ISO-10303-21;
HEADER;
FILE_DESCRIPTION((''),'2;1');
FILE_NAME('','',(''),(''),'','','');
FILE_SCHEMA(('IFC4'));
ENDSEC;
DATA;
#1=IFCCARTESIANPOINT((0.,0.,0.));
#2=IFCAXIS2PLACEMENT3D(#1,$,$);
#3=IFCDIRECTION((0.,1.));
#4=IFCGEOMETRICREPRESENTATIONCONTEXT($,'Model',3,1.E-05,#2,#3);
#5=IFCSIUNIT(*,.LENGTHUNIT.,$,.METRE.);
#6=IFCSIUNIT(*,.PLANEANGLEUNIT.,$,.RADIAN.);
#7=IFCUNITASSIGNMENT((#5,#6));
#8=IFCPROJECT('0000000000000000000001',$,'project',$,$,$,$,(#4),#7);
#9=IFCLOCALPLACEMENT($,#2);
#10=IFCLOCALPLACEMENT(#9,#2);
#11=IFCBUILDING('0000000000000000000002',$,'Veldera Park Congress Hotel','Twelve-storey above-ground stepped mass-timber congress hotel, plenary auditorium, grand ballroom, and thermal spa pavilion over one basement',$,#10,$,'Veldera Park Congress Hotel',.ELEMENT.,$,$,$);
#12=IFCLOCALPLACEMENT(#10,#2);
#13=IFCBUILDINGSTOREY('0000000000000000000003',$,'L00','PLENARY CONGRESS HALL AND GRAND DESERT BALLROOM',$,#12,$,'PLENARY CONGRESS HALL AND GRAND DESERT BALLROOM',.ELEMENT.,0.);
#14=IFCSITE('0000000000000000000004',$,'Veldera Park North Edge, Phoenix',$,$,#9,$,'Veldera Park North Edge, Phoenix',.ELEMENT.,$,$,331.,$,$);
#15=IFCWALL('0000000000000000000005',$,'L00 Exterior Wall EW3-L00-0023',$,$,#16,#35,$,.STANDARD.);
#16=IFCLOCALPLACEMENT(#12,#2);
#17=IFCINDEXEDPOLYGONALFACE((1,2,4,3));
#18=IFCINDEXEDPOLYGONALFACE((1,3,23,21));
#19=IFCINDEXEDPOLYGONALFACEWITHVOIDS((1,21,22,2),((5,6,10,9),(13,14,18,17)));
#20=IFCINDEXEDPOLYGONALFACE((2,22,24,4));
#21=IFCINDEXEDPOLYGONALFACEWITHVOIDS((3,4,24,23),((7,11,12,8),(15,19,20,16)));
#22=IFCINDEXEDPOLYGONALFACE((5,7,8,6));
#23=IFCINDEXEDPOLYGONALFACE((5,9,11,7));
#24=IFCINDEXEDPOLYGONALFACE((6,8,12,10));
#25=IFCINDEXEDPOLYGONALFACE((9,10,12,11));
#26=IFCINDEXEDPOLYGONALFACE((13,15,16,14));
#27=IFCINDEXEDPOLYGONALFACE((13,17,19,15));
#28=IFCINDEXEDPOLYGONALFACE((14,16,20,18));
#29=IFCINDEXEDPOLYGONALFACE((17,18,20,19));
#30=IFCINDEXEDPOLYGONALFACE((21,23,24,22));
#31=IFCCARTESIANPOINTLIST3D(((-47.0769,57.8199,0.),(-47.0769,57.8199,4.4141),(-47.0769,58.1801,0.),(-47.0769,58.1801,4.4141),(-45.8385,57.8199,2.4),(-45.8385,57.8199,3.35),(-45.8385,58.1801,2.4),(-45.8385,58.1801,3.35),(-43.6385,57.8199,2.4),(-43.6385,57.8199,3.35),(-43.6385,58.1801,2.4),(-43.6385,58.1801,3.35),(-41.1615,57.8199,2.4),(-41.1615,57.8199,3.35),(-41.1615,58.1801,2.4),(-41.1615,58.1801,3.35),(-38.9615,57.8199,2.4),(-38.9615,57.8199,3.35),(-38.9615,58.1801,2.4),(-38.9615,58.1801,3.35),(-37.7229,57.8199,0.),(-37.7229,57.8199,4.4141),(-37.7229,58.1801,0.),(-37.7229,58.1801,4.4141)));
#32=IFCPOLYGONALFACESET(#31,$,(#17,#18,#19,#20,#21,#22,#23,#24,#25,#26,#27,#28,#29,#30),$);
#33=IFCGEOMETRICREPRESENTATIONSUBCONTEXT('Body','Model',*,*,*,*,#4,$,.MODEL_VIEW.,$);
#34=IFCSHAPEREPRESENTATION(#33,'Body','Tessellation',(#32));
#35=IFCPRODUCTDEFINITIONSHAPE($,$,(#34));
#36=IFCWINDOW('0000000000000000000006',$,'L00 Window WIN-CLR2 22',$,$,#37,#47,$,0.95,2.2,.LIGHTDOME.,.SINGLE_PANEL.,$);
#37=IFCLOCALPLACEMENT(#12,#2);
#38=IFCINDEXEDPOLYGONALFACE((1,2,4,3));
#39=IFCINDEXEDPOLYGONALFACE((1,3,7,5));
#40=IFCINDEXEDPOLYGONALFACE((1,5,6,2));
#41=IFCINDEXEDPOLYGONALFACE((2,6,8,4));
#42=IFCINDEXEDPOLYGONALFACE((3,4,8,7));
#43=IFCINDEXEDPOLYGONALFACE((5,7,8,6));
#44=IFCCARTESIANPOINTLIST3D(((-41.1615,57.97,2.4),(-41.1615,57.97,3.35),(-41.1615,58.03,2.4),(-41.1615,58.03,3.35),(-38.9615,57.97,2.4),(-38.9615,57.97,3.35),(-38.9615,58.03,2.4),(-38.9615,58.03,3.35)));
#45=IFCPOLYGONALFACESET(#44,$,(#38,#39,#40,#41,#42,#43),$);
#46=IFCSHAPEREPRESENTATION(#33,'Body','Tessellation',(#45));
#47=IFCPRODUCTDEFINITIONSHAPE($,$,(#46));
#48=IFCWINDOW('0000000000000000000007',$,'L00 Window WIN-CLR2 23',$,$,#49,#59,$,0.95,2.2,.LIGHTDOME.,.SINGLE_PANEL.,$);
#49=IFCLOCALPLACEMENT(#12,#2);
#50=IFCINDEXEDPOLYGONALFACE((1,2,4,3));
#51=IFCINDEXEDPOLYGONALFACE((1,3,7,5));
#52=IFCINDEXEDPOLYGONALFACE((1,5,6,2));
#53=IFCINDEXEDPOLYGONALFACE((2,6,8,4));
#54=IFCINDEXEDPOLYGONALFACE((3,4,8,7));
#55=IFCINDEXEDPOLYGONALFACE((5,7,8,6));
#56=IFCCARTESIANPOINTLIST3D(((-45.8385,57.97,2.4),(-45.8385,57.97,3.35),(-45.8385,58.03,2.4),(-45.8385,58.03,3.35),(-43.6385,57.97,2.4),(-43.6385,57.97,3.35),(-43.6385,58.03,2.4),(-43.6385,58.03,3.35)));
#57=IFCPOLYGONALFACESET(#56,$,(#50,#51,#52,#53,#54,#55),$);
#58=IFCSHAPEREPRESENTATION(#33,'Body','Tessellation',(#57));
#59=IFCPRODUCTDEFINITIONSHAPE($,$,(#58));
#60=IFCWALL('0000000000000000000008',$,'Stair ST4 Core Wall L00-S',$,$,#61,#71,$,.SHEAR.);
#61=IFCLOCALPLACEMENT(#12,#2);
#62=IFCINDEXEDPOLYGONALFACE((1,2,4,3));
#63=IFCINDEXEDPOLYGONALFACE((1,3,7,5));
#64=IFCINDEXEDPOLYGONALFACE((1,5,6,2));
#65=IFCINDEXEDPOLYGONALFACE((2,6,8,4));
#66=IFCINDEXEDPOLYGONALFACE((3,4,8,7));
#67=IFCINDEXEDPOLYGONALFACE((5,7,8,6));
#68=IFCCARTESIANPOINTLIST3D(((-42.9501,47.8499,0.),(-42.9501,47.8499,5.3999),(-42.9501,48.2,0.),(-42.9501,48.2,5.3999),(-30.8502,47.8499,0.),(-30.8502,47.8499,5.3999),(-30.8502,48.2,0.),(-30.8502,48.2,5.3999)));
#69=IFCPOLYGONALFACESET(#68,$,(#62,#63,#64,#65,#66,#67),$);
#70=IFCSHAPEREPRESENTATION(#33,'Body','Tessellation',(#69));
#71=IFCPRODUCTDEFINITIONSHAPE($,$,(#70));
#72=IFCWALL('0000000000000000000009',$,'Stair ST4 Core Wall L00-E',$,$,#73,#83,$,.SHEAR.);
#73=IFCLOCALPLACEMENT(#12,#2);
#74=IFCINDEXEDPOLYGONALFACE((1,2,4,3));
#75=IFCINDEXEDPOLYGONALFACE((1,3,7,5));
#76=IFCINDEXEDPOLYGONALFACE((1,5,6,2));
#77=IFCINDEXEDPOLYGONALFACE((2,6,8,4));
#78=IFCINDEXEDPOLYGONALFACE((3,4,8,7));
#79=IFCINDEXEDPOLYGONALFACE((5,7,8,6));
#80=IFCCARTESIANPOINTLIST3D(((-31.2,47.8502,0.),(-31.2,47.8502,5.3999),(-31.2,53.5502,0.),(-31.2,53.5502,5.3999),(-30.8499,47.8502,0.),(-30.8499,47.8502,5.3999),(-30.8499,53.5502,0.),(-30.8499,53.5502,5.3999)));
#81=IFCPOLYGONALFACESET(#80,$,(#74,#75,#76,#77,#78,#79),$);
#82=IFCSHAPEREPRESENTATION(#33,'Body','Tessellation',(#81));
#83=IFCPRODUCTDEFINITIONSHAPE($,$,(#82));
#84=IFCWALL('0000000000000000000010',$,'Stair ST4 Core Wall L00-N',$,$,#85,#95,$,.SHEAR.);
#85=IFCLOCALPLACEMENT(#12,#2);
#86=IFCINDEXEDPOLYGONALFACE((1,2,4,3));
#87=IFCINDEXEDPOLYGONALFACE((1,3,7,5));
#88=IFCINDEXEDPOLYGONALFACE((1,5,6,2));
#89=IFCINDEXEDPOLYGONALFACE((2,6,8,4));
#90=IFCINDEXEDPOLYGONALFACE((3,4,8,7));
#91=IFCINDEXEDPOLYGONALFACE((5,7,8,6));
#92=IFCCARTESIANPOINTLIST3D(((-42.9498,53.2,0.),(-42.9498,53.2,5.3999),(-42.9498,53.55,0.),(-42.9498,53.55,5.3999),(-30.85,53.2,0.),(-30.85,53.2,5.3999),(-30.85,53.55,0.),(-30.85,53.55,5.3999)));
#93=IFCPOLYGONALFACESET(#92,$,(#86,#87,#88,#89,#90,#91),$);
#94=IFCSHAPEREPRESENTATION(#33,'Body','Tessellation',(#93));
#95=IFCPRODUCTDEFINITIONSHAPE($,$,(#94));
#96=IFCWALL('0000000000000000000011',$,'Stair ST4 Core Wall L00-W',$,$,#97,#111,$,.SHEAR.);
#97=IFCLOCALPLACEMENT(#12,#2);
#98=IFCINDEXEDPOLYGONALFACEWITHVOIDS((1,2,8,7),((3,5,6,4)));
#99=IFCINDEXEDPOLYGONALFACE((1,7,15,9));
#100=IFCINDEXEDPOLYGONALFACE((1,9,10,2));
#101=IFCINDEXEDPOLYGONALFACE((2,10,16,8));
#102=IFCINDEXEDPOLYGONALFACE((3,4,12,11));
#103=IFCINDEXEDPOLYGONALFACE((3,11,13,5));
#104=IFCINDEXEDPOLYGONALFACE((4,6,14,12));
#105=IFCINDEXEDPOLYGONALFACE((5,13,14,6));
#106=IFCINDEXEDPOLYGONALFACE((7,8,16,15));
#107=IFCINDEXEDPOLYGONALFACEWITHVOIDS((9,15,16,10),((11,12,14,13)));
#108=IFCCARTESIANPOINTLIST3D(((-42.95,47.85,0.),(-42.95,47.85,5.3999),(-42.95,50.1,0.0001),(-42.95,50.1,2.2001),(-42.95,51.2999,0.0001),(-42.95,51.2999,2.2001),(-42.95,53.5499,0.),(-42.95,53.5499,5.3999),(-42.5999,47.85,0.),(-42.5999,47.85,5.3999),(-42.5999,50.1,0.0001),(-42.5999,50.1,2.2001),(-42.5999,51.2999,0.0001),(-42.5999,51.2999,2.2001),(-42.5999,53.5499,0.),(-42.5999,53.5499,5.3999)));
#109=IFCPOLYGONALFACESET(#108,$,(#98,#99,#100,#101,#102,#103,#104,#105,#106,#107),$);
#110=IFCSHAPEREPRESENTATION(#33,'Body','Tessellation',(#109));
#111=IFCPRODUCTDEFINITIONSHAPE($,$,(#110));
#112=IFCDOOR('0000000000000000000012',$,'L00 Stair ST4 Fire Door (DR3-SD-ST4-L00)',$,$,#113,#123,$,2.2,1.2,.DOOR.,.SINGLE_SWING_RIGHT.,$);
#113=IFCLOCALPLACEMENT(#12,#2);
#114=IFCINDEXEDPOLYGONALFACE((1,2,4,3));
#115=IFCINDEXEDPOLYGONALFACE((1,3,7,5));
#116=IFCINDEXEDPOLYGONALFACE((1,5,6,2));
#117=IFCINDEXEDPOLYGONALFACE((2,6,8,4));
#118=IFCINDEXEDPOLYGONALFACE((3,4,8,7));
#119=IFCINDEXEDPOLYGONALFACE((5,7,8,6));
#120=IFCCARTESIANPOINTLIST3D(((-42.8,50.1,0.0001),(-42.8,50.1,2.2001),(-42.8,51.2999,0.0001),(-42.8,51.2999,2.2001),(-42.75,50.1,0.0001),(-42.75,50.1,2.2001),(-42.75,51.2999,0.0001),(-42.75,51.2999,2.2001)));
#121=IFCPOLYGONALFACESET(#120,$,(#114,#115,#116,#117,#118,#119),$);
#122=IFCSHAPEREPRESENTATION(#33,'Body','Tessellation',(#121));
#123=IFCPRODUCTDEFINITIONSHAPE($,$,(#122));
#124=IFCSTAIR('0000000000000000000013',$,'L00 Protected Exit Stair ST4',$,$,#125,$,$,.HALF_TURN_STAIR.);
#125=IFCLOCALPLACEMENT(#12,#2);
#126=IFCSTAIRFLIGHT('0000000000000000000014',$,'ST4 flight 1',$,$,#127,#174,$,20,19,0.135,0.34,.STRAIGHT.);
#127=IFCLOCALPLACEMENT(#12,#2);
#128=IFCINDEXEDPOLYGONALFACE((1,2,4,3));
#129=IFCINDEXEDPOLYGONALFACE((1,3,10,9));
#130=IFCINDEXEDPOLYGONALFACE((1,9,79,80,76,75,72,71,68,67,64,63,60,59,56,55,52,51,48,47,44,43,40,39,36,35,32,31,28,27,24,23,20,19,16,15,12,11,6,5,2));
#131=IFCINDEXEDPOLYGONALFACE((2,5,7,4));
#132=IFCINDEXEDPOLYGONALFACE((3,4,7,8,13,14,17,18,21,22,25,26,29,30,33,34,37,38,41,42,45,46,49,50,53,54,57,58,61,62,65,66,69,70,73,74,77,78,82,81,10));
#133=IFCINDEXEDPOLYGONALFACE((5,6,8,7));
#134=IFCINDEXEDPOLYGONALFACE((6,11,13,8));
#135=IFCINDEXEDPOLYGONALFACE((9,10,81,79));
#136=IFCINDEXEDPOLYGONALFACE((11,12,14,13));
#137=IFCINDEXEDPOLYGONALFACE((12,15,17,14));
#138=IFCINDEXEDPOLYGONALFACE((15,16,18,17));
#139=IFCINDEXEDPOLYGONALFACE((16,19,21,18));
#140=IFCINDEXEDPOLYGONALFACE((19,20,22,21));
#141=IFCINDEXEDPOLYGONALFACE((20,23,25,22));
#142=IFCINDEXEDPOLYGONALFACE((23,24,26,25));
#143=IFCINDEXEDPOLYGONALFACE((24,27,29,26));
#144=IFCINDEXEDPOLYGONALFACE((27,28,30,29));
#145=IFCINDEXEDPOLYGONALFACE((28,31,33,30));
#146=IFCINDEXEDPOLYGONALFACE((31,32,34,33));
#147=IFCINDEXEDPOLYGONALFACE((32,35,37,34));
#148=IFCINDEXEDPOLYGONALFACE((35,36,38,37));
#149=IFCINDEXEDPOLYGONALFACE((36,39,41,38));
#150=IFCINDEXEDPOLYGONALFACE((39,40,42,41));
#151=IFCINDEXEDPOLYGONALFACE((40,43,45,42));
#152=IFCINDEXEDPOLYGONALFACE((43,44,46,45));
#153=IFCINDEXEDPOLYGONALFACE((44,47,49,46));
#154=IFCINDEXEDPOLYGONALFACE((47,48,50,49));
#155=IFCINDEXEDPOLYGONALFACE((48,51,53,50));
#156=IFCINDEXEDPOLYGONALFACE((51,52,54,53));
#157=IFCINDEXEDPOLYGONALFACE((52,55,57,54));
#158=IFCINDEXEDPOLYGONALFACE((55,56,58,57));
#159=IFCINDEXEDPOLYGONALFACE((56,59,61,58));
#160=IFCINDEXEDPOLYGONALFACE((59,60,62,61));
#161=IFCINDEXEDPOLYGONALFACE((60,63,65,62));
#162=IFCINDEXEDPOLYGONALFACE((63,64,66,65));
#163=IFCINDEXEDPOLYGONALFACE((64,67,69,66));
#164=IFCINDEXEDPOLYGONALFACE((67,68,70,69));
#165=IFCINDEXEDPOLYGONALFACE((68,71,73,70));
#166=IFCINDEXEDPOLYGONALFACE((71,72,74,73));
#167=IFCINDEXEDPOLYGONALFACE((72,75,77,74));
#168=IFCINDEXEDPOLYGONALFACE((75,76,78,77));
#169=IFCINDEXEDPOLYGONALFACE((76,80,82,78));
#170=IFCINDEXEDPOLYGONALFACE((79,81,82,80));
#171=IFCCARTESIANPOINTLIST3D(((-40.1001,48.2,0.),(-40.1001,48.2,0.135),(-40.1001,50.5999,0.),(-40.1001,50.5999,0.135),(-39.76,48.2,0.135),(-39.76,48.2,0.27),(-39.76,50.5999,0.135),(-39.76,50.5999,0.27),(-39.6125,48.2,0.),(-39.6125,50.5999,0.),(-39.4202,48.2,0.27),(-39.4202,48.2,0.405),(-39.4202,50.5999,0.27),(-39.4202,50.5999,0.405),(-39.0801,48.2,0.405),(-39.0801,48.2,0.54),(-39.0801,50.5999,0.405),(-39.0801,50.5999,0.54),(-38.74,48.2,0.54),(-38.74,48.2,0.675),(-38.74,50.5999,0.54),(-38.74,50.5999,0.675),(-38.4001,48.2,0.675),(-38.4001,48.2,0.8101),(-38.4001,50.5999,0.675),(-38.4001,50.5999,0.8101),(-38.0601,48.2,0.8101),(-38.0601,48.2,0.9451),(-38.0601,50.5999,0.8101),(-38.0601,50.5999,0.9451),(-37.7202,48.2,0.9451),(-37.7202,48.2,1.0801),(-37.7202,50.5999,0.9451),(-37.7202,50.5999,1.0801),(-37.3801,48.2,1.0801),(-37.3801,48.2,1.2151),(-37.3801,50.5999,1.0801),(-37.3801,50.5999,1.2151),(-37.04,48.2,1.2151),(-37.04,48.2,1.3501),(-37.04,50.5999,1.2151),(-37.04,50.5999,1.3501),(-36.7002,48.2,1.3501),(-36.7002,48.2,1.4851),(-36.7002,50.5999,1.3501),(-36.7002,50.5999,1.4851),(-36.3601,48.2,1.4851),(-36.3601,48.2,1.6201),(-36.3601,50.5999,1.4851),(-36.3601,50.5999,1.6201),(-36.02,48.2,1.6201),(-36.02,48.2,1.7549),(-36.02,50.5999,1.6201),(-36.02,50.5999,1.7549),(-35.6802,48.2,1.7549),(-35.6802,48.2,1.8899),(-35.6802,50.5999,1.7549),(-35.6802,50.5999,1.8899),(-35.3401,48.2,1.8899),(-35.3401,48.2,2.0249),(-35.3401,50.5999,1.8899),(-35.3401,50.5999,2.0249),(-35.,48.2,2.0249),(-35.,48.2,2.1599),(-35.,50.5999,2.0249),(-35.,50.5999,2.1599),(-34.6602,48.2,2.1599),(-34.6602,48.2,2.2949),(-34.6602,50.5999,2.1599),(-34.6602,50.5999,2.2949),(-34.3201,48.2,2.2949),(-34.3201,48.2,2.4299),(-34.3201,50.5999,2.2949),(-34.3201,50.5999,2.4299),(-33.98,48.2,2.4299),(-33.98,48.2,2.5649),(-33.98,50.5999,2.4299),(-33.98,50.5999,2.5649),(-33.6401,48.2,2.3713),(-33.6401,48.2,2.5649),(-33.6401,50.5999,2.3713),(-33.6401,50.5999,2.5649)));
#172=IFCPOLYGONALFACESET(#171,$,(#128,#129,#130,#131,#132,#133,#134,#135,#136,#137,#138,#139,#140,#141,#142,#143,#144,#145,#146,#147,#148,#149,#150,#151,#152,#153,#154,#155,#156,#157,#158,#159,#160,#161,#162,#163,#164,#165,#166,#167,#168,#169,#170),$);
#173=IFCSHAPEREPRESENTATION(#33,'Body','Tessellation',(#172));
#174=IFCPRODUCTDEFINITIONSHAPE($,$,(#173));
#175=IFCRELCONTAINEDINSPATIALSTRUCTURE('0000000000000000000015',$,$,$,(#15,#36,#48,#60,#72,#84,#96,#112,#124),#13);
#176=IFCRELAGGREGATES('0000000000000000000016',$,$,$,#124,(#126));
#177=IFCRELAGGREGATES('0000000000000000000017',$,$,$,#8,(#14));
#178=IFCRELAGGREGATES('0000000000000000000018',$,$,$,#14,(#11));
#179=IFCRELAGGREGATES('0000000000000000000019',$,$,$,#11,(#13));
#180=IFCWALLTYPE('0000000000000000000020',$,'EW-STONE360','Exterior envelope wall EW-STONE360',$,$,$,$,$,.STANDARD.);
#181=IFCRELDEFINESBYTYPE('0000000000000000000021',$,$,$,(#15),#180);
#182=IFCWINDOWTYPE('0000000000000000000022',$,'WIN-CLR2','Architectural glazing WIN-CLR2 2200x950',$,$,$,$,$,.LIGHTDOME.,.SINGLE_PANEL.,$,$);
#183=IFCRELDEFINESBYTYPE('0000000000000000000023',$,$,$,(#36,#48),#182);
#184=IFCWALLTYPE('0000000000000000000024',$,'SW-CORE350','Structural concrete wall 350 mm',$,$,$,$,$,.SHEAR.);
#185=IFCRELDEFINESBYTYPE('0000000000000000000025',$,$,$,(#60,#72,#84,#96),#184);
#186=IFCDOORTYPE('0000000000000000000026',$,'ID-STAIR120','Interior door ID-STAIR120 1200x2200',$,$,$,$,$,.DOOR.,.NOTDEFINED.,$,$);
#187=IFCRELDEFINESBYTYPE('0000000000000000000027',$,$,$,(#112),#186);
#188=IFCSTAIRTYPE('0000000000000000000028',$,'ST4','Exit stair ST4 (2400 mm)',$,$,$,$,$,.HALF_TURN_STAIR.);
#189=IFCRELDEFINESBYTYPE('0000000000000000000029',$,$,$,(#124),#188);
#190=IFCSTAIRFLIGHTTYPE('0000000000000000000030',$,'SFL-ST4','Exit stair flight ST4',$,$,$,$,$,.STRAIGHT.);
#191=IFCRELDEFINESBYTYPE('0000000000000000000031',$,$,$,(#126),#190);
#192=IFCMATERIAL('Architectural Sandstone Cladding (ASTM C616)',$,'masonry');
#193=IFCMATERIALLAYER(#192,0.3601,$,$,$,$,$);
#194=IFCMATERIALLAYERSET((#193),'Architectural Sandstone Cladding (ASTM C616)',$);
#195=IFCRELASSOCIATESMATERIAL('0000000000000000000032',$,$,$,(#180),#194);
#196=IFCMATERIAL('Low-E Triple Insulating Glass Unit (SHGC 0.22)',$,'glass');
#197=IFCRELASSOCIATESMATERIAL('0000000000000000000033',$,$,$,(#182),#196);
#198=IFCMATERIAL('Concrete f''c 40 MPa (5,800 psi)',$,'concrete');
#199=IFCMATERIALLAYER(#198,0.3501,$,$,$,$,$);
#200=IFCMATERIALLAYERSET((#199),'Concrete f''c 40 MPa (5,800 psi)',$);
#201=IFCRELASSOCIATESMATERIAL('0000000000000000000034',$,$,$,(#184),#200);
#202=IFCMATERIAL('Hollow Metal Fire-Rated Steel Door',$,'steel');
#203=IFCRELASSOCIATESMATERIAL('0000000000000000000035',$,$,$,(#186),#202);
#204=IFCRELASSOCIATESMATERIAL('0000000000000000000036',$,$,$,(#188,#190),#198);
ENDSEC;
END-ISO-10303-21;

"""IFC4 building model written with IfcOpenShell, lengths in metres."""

from ifc_helpers import new_model, si_unit, direction, frame, frame_2d, origin, place, context, subcontext, project, spatial, polyline, rectangle, outline, extrude, material, layer, layer_set, type_object, element, fill, aggregate, save


model = new_model("IFC4")

# Units and contexts
model_context = context("Model", 3, precision=1e-05, world=origin(), true_north=direction((0.0, 1.0)))
body_context = subcontext(model_context, "Body", "Model", "MODEL_VIEW")
ifc_project = project(units=[si_unit("LENGTHUNIT", "METRE"), si_unit("PLANEANGLEUNIT", "RADIAN")], contexts=[model_context])

# Site, building, storey
site_placement = place(None, origin())
site = spatial("IfcSite", under=ifc_project, at=site_placement, Name="Veldera Park North Edge, Phoenix", LongName="Veldera Park North Edge, Phoenix", CompositionType="ELEMENT", RefElevation=331.0)
building_placement = place(site_placement, origin())
building = spatial("IfcBuilding", under=site, at=building_placement, Name="Veldera Park Congress Hotel", Description="Twelve-storey above-ground stepped mass-timber congress hotel, plenary auditorium, grand ballroom, and thermal spa pavilion over one basement", LongName="Veldera Park Congress Hotel", CompositionType="ELEMENT")
storey_placement = place(building_placement, origin())
storey = spatial("IfcBuildingStorey", under=building, at=storey_placement, Name="L00", Description="PLENARY CONGRESS HALL AND GRAND DESERT BALLROOM", LongName="PLENARY CONGRESS HALL AND GRAND DESERT BALLROOM", CompositionType="ELEMENT", Elevation=0.0)

# Shared definitions
ifc_material_1 = material(Name="Concrete f'c 40 MPa (5,800 psi)", Category="concrete")

# Wall, openings, windows
ifc_material_2 = material(Name="Architectural Sandstone Cladding (ASTM C616)", Category="masonry")
ifc_layer_1 = layer(ifc_material_2, 0.3601)
ifc_layer_set_1 = layer_set([ifc_layer_1], Name="Architectural Sandstone Cladding (ASTM C616)")
wall_type_1 = type_object("IfcWallType", Name="EW-STONE360", Description="Exterior envelope wall EW-STONE360", PredefinedType="STANDARD", material=ifc_layer_set_1)
ifc_material_3 = material(Name="Low-E Triple Insulating Glass Unit (SHGC 0.22)", Category="glass")
window_type = type_object("IfcWindowType", Name="WIN-CLR2", Description="Architectural glazing WIN-CLR2 2200x950", PartitioningType="SINGLE_PANEL", PredefinedType="LIGHTDOME", material=ifc_material_3)
wall_1_placement = place(storey_placement, frame((-37.7229, 58.0, 0.0), z_axis=(0.0, 0.0, 1.0), x_axis=(-1.0, 0.0, 0.0)))
wall_1 = element("IfcWall", 1, at=wall_1_placement, inside=storey, type_object=wall_type_1, Name="L00 Exterior Wall EW3-L00-0023", PredefinedType="STANDARD", context=body_context, shape_type="SweptSolid", body=[
    extrude(rectangle(XDim=9.354, YDim=0.3601, at=frame_2d((4.677, 0.0))), origin(), (0.0, 0.0, 1.0), 4.4141),
])
opening_1_placement = place(wall_1_placement, frame((1.2385, 0.0, 2.3999)))
opening_1 = element("IfcOpeningElement", 2, at=opening_1_placement, cuts=wall_1, PredefinedType="OPENING", context=body_context, shape_type="SweptSolid", body=[
    extrude(rectangle(XDim=2.2, YDim=0.95, at=frame_2d((1.1001, 0.4751))), frame((0.0, 0.1921, 0.0), z_axis=(0.0, -1.0, 0.0), x_axis=(1.0, 0.0, 0.0)), (0.0, 0.0, 1.0), 0.384),
])
opening_2_placement = place(wall_1_placement, frame((5.9155, 0.0, 2.3999)))
opening_2 = element("IfcOpeningElement", 3, at=opening_2_placement, cuts=wall_1, PredefinedType="OPENING", context=body_context, shape_type="SweptSolid", body=[
    extrude(rectangle(XDim=2.2, YDim=0.95, at=frame_2d((1.1001, 0.4751))), frame((0.0, 0.1921, 0.0), z_axis=(0.0, -1.0, 0.0), x_axis=(1.0, 0.0, 0.0)), (0.0, 0.0, 1.0), 0.384),
])
window_1_placement = place(opening_1_placement, origin())
window_1 = element("IfcWindow", 4, at=window_1_placement, inside=storey, type_object=window_type, Name="L00 Window WIN-CLR2 22", OverallHeight=0.95, OverallWidth=2.2, PartitioningType="SINGLE_PANEL", PredefinedType="LIGHTDOME", context=body_context, shape_type="SweptSolid", body=[
    extrude(rectangle(XDim=2.2, YDim=0.95, at=frame_2d((1.1001, 0.4751))), frame((0.0, 0.03, 0.0), z_axis=(0.0, -1.0, 0.0), x_axis=(1.0, 0.0, 0.0)), (0.0, 0.0, 1.0), 0.0601),
])
fill(opening_1, window_1)
window_2_placement = place(opening_2_placement, origin())
window_2 = element("IfcWindow", 5, at=window_2_placement, inside=storey, type_object=window_type, Name="L00 Window WIN-CLR2 23", OverallHeight=0.95, OverallWidth=2.2, PartitioningType="SINGLE_PANEL", PredefinedType="LIGHTDOME", context=body_context, shape_type="SweptSolid", body=[
    extrude(rectangle(XDim=2.2, YDim=0.95, at=frame_2d((1.1001, 0.4751))), frame((0.0, 0.03, 0.0), z_axis=(0.0, -1.0, 0.0), x_axis=(1.0, 0.0, 0.0)), (0.0, 0.0, 1.0), 0.0601),
])
fill(opening_2, window_2)

# Walls
ifc_layer_2 = layer(ifc_material_1, 0.3501)
ifc_layer_set_2 = layer_set([ifc_layer_2], Name="Concrete f'c 40 MPa (5,800 psi)")
wall_type_2 = type_object("IfcWallType", Name="SW-CORE350", Description="Structural concrete wall 350 mm", PredefinedType="SHEAR", material=ifc_layer_set_2)
wall_2_placement = place(storey_placement, frame((-42.95, 48.0249, 0.0), z_axis=(0.0, 0.0, 1.0), x_axis=(1.0, 0.0, 0.0)))
element("IfcWall", 6, at=wall_2_placement, inside=storey, type_object=wall_type_2, Name="Stair ST4 Core Wall L00-S", PredefinedType="SHEAR", context=body_context, shape_type="SweptSolid", body=[
    extrude(rectangle(XDim=12.0999, YDim=0.3501, at=frame_2d((6.0498, 0.0))), origin(), (0.0, 0.0, 1.0), 5.3999),
])
wall_3_placement = place(storey_placement, frame((-31.0249, 47.8501, 0.0), z_axis=(0.0, 0.0, 1.0), x_axis=(0.0, 1.0, 0.0)))
element("IfcWall", 7, at=wall_3_placement, inside=storey, type_object=wall_type_2, Name="Stair ST4 Core Wall L00-E", PredefinedType="SHEAR", context=body_context, shape_type="SweptSolid", body=[
    extrude(rectangle(XDim=5.7, YDim=0.3501, at=frame_2d((2.8501, 0.0))), origin(), (0.0, 0.0, 1.0), 5.3999),
])
wall_4_placement = place(storey_placement, frame((-30.8501, 53.375, 0.0), z_axis=(0.0, 0.0, 1.0), x_axis=(-1.0, 0.0, 0.0)))
element("IfcWall", 8, at=wall_4_placement, inside=storey, type_object=wall_type_2, Name="Stair ST4 Core Wall L00-N", PredefinedType="SHEAR", context=body_context, shape_type="SweptSolid", body=[
    extrude(rectangle(XDim=12.0999, YDim=0.3501, at=frame_2d((6.0498, 0.0))), origin(), (0.0, 0.0, 1.0), 5.3999),
])

# Wall, opening, door
wall_5_placement = place(storey_placement, frame((-42.7749, 53.55, 0.0), z_axis=(0.0, 0.0, 1.0), x_axis=(0.0, -1.0, 0.0)))
wall_5 = element("IfcWall", 9, at=wall_5_placement, inside=storey, type_object=wall_type_2, Name="Stair ST4 Core Wall L00-W", PredefinedType="SHEAR", context=body_context, shape_type="SweptSolid", body=[
    extrude(rectangle(XDim=5.7, YDim=0.3501, at=frame_2d((2.8501, 0.0))), origin(), (0.0, 0.0, 1.0), 5.3999),
])
opening_3_placement = place(wall_5_placement, frame((2.25, 0.0, 0.0)))
opening_3 = element("IfcOpeningElement", 10, at=opening_3_placement, cuts=wall_5, PredefinedType="OPENING", context=body_context, shape_type="SweptSolid", body=[
    extrude(rectangle(XDim=1.2, YDim=2.2, at=frame_2d((0.6001, 1.1001))), frame((0.0, 0.187, 0.0), z_axis=(0.0, -1.0, 0.0), x_axis=(1.0, 0.0, 0.0)), (0.0, 0.0, 1.0), 0.374),
])
ifc_material_4 = material(Name="Hollow Metal Fire-Rated Steel Door", Category="steel")
door_type = type_object("IfcDoorType", Name="ID-STAIR120", Description="Interior door ID-STAIR120 1200x2200", OperationType="NOTDEFINED", PredefinedType="DOOR", material=ifc_material_4)
door_placement = place(opening_3_placement, origin())
door = element("IfcDoor", 11, at=door_placement, inside=storey, type_object=door_type, Name="L00 Stair ST4 Fire Door (DR3-SD-ST4-L00)", OperationType="SINGLE_SWING_RIGHT", OverallHeight=2.2, OverallWidth=1.2, PredefinedType="DOOR", context=body_context, shape_type="SweptSolid", body=[
    extrude(rectangle(XDim=1.2, YDim=2.2, at=frame_2d((0.6001, 1.1001))), frame((0.0, 0.0249, 0.0), z_axis=(0.0, -1.0, 0.0), x_axis=(1.0, 0.0, 0.0)), (0.0, 0.0, 1.0), 0.05),
])
fill(opening_3, door)

# Stair, stair flight
stair_type = type_object("IfcStairType", Name="ST4", Description="Exit stair ST4 (2400 mm)", PredefinedType="HALF_TURN_STAIR", material=ifc_material_1)
stair_placement = place(storey_placement, origin())
stair = element("IfcStair", 12, at=stair_placement, inside=storey, type_object=stair_type, Name="L00 Protected Exit Stair ST4", PredefinedType="HALF_TURN_STAIR")
stair_flight_type = type_object("IfcStairFlightType", Name="SFL-ST4", Description="Exit stair flight ST4", PredefinedType="STRAIGHT", material=ifc_material_1)
stair_flight_1_placement = place(storey_placement, frame((-40.1001, 49.3999, 0.0), z_axis=(0.0, 0.0, 1.0), x_axis=(1.0, 0.0, 0.0)))
stair_flight_1 = element("IfcStairFlight", 13, at=stair_flight_1_placement, type_object=stair_flight_type, Name="ST4 flight 1", NumberOfRisers=20, NumberOfTreads=19, PredefinedType="STRAIGHT", RiserHeight=0.135, TreadLength=0.34, context=body_context, shape_type="SweptSolid", body=[
    extrude(outline(polyline([(0.0, 0.0), (0.0, 0.135), (0.3401, 0.135), (0.3401, 0.27), (0.6799, 0.27), (0.6799, 0.405), (1.02, 0.405), (1.02, 0.54), (1.3601, 0.54), (1.3601, 0.675), (1.7, 0.675), (1.7, 0.8101), (2.04, 0.8101), (2.04, 0.9451), (2.3799, 0.9451), (2.3799, 1.0801), (2.72, 1.0801), (2.72, 1.2151), (3.0601, 1.2151), (3.0601, 1.3501), (3.3999, 1.3501), (3.3999, 1.4851), (3.74, 1.4851), (3.74, 1.6201), (4.0801, 1.6201), (4.0801, 1.7549), (4.4199, 1.7549), (4.4199, 1.8899), (4.76, 1.8899), (4.76, 2.0249), (5.1001, 2.0249), (5.1001, 2.1599), (5.4399, 2.1599), (5.4399, 2.2949), (5.78, 2.2949), (5.78, 2.4299), (6.1201, 2.4299), (6.1201, 2.5649), (6.46, 2.5649), (6.46, 2.7), (6.46, 2.7), (6.46, 2.3713), (0.4875, 0.0), (0.0, 0.0)])), frame((0.0, 1.2, 0.0), z_axis=(0.0, -1.0, 0.0), x_axis=(1.0, 0.0, 0.0)), (0.0, 0.0, 1.0), 2.3999),
])
aggregate(stair, [stair_flight_1])

save(model, "model.ifc")
